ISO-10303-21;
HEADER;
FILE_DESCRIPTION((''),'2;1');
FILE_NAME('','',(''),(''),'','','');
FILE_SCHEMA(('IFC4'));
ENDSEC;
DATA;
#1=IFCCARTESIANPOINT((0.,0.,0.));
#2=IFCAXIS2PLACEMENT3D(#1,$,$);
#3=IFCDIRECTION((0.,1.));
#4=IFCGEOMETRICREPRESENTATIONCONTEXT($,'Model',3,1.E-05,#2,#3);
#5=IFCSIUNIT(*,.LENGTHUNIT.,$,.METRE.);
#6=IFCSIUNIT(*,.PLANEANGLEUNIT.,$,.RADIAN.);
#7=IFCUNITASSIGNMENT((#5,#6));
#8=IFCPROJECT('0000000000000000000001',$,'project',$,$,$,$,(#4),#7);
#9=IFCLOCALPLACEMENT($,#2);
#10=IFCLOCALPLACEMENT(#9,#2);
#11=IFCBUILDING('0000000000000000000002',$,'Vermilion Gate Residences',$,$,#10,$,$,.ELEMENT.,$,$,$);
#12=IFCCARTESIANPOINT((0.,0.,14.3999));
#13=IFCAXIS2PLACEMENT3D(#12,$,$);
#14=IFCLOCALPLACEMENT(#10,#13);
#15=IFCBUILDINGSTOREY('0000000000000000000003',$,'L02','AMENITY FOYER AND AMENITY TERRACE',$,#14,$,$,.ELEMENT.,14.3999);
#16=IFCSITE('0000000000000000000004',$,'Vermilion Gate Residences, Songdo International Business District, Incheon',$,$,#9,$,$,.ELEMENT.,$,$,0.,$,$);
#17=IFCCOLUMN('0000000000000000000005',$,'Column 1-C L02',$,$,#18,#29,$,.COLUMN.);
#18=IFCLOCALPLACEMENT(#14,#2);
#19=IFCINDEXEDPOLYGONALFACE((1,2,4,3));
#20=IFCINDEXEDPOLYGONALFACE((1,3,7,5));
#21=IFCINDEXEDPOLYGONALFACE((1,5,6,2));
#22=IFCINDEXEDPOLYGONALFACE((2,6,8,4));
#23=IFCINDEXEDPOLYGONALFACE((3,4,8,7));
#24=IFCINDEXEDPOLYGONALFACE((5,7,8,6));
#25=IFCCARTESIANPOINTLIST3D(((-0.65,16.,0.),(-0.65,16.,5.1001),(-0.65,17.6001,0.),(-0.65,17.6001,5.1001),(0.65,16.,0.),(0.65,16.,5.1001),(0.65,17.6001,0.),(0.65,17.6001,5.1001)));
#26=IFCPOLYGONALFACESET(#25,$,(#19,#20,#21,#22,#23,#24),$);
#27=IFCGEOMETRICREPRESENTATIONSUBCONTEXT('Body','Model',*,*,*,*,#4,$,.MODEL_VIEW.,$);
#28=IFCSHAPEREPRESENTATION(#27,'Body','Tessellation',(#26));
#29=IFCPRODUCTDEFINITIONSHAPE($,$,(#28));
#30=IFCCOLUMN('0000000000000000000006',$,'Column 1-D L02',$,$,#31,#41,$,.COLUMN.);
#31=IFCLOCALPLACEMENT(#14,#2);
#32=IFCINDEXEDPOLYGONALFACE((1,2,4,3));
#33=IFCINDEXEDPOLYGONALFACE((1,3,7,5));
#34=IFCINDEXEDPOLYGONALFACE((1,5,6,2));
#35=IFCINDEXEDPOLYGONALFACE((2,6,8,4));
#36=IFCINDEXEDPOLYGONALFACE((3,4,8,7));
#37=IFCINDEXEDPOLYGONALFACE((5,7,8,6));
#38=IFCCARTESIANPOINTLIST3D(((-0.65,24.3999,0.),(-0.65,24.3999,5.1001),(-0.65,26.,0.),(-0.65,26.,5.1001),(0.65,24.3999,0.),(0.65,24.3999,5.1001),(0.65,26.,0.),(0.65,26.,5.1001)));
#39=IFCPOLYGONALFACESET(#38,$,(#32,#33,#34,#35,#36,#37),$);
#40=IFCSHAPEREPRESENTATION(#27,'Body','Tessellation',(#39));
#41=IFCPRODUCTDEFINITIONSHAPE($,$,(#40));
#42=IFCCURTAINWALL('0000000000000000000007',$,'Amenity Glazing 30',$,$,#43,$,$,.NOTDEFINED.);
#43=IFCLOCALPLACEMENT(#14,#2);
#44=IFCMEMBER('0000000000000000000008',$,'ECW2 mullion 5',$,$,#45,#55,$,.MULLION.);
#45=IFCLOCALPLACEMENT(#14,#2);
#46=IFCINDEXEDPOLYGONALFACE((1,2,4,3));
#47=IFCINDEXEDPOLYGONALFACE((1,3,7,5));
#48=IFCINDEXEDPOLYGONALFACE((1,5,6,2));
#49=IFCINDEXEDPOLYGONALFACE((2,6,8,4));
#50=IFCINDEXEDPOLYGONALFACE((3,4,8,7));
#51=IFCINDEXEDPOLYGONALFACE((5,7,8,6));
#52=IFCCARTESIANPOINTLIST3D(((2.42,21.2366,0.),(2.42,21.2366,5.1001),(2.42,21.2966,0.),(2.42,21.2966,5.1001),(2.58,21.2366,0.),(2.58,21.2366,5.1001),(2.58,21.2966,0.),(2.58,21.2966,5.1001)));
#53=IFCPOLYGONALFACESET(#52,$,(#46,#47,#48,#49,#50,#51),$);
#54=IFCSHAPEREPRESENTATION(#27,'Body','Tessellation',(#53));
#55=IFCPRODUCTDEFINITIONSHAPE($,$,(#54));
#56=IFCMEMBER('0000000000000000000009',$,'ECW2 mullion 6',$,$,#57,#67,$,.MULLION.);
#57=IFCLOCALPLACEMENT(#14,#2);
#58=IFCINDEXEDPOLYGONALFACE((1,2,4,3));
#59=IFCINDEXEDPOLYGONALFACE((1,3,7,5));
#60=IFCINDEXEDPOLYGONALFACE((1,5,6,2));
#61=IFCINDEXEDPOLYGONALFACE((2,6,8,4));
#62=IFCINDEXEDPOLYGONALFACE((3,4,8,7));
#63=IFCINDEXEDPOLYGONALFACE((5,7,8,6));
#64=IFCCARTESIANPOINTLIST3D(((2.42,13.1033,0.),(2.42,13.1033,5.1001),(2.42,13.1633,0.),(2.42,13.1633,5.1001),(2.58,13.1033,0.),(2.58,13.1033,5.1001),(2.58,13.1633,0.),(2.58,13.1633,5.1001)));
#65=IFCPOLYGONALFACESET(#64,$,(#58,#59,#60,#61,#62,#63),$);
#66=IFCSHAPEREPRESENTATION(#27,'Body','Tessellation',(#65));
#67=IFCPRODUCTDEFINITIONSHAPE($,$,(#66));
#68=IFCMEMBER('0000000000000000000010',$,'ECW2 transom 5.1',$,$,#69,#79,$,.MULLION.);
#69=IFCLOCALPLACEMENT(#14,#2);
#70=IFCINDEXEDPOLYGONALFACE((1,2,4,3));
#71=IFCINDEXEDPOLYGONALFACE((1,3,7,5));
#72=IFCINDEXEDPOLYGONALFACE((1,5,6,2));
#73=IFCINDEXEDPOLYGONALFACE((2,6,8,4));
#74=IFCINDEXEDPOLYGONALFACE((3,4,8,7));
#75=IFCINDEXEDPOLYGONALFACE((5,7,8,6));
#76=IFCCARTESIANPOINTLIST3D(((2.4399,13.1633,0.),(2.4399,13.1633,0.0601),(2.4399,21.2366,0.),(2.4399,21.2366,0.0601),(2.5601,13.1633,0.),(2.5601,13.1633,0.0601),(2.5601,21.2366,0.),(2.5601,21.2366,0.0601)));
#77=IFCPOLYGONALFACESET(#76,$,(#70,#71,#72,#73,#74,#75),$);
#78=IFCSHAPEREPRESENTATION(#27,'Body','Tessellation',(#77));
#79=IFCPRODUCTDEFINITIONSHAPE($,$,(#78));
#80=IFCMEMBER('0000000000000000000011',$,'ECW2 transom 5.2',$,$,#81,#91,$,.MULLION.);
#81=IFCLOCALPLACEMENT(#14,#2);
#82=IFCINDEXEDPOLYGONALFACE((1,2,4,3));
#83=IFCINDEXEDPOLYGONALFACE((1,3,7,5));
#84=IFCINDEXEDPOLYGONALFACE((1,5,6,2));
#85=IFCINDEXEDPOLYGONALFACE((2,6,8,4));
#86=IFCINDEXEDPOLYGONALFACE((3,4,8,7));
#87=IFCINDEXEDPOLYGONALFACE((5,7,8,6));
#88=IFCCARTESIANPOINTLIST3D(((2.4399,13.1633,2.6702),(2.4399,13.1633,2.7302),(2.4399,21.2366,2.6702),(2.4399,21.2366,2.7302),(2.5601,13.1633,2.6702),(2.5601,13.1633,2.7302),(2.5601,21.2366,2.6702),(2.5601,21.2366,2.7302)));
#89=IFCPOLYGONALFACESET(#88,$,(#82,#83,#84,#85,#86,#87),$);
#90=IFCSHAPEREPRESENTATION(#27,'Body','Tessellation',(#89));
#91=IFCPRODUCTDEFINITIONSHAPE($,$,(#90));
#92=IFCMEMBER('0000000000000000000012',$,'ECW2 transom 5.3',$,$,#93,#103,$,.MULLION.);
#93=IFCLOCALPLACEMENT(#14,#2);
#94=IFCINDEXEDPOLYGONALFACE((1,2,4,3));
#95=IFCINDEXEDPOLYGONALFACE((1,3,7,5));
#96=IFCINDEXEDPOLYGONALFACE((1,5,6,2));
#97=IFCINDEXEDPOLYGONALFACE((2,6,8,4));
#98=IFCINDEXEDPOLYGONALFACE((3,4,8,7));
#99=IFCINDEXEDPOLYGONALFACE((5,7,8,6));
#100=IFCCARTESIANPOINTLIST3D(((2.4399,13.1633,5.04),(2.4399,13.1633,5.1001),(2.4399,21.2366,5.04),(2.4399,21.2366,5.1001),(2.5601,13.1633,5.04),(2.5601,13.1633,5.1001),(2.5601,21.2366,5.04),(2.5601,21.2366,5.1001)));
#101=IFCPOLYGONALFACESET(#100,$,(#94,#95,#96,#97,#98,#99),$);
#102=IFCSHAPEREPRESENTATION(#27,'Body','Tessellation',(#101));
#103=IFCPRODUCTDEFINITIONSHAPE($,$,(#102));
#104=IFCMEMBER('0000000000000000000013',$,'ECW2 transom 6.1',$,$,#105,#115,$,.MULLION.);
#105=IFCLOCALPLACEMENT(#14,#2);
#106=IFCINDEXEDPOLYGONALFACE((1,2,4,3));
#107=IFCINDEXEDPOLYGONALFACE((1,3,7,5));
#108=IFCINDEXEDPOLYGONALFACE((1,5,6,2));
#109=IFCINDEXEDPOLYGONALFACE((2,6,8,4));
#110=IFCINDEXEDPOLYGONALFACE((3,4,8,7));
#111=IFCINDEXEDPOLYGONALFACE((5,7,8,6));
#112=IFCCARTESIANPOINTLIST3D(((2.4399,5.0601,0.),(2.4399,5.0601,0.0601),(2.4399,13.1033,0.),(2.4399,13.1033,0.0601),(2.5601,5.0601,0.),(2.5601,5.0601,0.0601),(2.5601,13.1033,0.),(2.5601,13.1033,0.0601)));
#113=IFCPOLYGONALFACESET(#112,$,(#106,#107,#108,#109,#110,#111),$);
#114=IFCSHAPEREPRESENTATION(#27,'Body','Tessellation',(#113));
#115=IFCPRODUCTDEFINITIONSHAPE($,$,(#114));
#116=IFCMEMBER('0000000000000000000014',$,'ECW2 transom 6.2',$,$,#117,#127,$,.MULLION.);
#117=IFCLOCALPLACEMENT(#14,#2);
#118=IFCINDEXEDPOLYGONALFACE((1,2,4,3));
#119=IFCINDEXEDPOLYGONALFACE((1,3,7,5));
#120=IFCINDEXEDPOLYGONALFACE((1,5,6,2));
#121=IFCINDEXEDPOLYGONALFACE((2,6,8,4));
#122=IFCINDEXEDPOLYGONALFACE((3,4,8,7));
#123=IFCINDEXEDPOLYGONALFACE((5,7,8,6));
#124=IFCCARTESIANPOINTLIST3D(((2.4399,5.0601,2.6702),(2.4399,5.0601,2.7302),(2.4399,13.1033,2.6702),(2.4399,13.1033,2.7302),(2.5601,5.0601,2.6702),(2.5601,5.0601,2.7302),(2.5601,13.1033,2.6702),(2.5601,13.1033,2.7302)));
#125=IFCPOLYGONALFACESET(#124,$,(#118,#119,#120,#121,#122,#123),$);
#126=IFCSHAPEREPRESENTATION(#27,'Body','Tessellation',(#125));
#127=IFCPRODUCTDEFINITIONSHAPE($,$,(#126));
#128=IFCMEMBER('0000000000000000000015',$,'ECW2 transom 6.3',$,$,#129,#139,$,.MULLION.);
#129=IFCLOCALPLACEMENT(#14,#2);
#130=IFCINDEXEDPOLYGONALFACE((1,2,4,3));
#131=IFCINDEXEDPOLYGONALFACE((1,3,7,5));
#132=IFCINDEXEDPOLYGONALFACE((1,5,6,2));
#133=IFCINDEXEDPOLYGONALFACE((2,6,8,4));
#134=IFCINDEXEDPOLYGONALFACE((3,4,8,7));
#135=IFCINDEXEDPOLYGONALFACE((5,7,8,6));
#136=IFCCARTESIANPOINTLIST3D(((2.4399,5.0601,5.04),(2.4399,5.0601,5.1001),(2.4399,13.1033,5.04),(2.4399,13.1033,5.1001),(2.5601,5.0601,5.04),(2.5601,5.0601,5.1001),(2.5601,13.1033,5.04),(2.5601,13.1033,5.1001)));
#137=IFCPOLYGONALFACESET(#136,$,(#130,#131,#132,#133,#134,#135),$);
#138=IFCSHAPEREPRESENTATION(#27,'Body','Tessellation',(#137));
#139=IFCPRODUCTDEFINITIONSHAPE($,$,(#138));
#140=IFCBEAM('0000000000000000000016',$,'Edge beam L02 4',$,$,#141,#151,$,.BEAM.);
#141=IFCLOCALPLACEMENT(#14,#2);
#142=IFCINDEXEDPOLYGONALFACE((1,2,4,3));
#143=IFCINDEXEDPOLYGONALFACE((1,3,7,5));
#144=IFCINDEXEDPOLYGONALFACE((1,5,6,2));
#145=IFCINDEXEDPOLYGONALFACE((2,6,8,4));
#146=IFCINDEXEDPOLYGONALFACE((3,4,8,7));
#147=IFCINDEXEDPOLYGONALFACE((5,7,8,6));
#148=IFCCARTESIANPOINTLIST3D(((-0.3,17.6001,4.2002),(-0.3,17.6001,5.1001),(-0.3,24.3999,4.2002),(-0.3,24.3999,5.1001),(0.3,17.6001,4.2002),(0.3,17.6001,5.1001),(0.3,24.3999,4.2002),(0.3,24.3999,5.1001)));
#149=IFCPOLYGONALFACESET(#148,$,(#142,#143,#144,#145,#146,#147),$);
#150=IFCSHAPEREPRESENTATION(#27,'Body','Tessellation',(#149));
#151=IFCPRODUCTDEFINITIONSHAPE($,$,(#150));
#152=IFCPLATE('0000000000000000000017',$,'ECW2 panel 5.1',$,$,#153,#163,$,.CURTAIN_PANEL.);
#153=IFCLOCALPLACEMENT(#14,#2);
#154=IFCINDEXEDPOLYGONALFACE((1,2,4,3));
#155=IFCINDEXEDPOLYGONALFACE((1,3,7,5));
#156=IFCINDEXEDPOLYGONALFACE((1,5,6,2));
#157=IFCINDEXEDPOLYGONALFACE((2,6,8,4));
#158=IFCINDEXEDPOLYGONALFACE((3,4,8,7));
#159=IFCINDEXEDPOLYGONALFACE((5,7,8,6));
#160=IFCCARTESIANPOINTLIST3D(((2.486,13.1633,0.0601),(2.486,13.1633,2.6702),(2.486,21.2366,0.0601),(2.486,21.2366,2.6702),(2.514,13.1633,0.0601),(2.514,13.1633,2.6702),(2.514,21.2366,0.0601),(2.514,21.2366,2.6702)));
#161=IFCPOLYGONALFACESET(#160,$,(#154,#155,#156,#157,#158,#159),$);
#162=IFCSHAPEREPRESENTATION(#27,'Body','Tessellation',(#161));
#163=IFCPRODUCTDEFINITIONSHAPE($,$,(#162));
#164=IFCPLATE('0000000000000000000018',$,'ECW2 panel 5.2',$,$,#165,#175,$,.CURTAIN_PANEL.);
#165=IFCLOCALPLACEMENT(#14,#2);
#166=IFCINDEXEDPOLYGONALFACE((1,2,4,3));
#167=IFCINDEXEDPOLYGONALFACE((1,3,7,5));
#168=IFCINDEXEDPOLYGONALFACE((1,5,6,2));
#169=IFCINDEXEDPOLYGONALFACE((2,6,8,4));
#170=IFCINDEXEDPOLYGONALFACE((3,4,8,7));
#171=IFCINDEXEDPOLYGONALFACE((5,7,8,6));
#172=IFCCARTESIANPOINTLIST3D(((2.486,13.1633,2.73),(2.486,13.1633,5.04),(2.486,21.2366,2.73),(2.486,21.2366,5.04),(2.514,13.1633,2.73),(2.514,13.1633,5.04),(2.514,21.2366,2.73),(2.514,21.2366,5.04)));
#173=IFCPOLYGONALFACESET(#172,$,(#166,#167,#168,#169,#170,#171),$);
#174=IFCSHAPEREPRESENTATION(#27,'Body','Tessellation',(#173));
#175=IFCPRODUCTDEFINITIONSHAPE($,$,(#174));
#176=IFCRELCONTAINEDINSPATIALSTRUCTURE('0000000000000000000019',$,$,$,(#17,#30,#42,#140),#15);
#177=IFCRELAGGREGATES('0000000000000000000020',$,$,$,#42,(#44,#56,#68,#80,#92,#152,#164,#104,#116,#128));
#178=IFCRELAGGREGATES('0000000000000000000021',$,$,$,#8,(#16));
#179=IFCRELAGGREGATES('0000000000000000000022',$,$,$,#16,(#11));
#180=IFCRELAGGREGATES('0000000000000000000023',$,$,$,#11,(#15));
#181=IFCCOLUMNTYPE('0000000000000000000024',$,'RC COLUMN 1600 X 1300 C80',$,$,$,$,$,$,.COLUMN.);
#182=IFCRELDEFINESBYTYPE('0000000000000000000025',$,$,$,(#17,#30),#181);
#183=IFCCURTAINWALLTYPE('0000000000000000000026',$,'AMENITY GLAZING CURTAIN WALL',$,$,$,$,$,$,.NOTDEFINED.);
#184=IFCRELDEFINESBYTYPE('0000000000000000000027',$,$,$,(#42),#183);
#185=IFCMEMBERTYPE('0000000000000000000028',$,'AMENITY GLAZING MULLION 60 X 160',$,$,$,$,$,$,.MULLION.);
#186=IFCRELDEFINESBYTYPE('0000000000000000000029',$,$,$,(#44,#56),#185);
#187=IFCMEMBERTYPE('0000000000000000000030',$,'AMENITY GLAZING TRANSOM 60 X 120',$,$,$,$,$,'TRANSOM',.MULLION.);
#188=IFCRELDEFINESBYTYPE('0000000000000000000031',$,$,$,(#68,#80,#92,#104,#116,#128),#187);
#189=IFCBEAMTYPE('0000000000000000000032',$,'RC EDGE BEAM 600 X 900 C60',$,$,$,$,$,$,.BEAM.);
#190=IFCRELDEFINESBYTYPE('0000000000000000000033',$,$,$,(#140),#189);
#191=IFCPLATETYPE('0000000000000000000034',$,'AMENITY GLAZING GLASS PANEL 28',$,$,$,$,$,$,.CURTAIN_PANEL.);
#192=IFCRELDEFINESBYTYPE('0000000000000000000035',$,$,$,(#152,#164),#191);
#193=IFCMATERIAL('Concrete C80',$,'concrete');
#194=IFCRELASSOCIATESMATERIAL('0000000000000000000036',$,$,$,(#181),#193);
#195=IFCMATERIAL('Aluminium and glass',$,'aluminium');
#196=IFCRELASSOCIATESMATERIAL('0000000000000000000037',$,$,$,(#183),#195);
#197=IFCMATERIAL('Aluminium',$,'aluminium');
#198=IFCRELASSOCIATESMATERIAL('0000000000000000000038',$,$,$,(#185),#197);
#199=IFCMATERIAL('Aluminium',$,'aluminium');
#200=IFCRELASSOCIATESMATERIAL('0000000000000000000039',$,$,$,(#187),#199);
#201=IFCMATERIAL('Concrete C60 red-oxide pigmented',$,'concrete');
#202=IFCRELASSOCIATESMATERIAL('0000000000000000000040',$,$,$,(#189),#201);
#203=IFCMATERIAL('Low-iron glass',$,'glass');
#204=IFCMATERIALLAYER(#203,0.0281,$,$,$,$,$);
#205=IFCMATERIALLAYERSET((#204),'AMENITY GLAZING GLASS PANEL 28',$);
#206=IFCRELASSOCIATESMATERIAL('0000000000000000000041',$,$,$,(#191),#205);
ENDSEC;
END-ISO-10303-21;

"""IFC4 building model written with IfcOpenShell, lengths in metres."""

from ifc_helpers import new_model, si_unit, direction, frame, origin, origin_2d, place, context, subcontext, project, spatial, rectangle, extrude, material, layer, layer_set, material_profile, profile_set, type_object, element, aggregate, save


model = new_model("IFC4")

# Units and contexts
model_context = context("Model", 3, precision=1e-05, world=origin(), true_north=direction((0.0, 1.0)))
body_context = subcontext(model_context, "Body", "Model", "MODEL_VIEW")
ifc_project = project(units=[si_unit("LENGTHUNIT", "METRE"), si_unit("PLANEANGLEUNIT", "RADIAN")], contexts=[model_context])

# Site, building, storey
site_placement = place(None, origin())
site = spatial("IfcSite", under=ifc_project, at=site_placement, Name="Vermilion Gate Residences, Songdo International Business District, Incheon", CompositionType="ELEMENT", RefElevation=0.0)
building_placement = place(site_placement, origin())
building = spatial("IfcBuilding", under=site, at=building_placement, Name="Vermilion Gate Residences", CompositionType="ELEMENT")
storey_placement = place(building_placement, frame((0.0, 0.0, 14.3999)))
storey = spatial("IfcBuildingStorey", under=building, at=storey_placement, Name="L02", Description="AMENITY FOYER AND AMENITY TERRACE", CompositionType="ELEMENT", Elevation=14.3999)

# Columns
ifc_material_1 = material(Name="Concrete C80", Category="concrete")
ifc_material_profile_1 = material_profile(ifc_material_1, rectangle(XDim=1.6001, YDim=1.3, at=origin_2d()), Name="RC-1600x1300")
ifc_profile_set_1 = profile_set([ifc_material_profile_1], Name="Concrete C80")
column_type = type_object("IfcColumnType", Name="RC COLUMN 1600 X 1300 C80", PredefinedType="COLUMN", material=ifc_profile_set_1)
for number, where, z_axis, x_axis, name in (
    (1, (0.0, 16.8, 0.0), (0.0, 0.0, 1.0), (0.0, 1.0, 0.0), "Column 1-C L02"),
    (2, (0.0, 25.2, 0.0), (0.0, 0.0, 1.0), (0.0, 1.0, 0.0), "Column 1-D L02"),
):
    element("IfcColumn", number, at=place(storey_placement, frame(where, z_axis=z_axis, x_axis=x_axis)), inside=storey, type_object=column_type, Name=name, PredefinedType="COLUMN", context=body_context, shape_type="SweptSolid", body=[
        extrude(rectangle(XDim=1.6001, YDim=1.3, at=origin_2d()), origin(), (0.0, 0.0, 1.0), 5.1001),
    ])

# Curtain wall, members
ifc_material_2 = material(Name="Aluminium and glass", Category="aluminium")
curtain_wall_type = type_object("IfcCurtainWallType", Name="AMENITY GLAZING CURTAIN WALL", PredefinedType="NOTDEFINED", material=ifc_material_2)
curtain_wall_placement = place(storey_placement, origin())
curtain_wall = element("IfcCurtainWall", 3, at=curtain_wall_placement, inside=storey, type_object=curtain_wall_type, Name="Amenity Glazing 30", PredefinedType="NOTDEFINED")
ifc_material_3 = material(Name="Aluminium", Category="aluminium")
ifc_material_profile_2 = material_profile(ifc_material_3, rectangle(XDim=0.1599, YDim=0.0601, at=origin_2d()), Name="MULLION 60 X 160")
ifc_profile_set_2 = profile_set([ifc_material_profile_2], Name="Aluminium")
member_type_1 = type_object("IfcMemberType", Name="AMENITY GLAZING MULLION 60 X 160", PredefinedType="MULLION", material=ifc_profile_set_2)
member_1_placement = place(storey_placement, frame((2.5, 21.2666, 0.0), z_axis=(0.0, 0.0, 1.0), x_axis=(1.0, 0.0, 0.0)))
member_1 = element("IfcMember", 4, at=member_1_placement, type_object=member_type_1, Name="ECW2 mullion 5", PredefinedType="MULLION", context=body_context, shape_type="SweptSolid", body=[
    extrude(rectangle(XDim=0.1599, YDim=0.0601, at=origin_2d()), origin(), (0.0, 0.0, 1.0), 5.1001),
])
member_2_placement = place(storey_placement, frame((2.5, 13.1333, 0.0), z_axis=(0.0, 0.0, 1.0), x_axis=(1.0, 0.0, 0.0)))
member_2 = element("IfcMember", 5, at=member_2_placement, type_object=member_type_1, Name="ECW2 mullion 6", PredefinedType="MULLION", context=body_context, shape_type="SweptSolid", body=[
    extrude(rectangle(XDim=0.1599, YDim=0.0601, at=origin_2d()), origin(), (0.0, 0.0, 1.0), 5.1001),
])
ifc_material_4 = material(Name="Aluminium", Category="aluminium")
ifc_material_profile_3 = material_profile(ifc_material_4, rectangle(XDim=0.1201, YDim=0.0601, at=origin_2d()), Name="TRANSOM 60 X 120")
ifc_profile_set_3 = profile_set([ifc_material_profile_3], Name="Aluminium")
member_type_2 = type_object("IfcMemberType", Name="AMENITY GLAZING TRANSOM 60 X 120", ElementType="TRANSOM", PredefinedType="MULLION", material=ifc_profile_set_3)
member_3_placement = place(storey_placement, frame((2.5, 21.2366, 0.03), z_axis=(0.0, -1.0, 0.0), x_axis=(1.0, 0.0, 0.0)))
member_3 = element("IfcMember", 6, at=member_3_placement, type_object=member_type_2, Name="ECW2 transom 5.1", PredefinedType="MULLION", context=body_context, shape_type="SweptSolid", body=[
    extrude(rectangle(XDim=0.1201, YDim=0.0601, at=origin_2d()), origin(), (0.0, 0.0, 1.0), 8.0732),
])
member_4_placement = place(storey_placement, frame((2.5, 21.2366, 2.7002), z_axis=(0.0, -1.0, 0.0), x_axis=(1.0, 0.0, 0.0)))
member_4 = element("IfcMember", 7, at=member_4_placement, type_object=member_type_2, Name="ECW2 transom 5.2", PredefinedType="MULLION", context=body_context, shape_type="SweptSolid", body=[
    extrude(rectangle(XDim=0.1201, YDim=0.0601, at=origin_2d()), origin(), (0.0, 0.0, 1.0), 8.0732),
])
member_5_placement = place(storey_placement, frame((2.5, 21.2366, 5.0701), z_axis=(0.0, -1.0, 0.0), x_axis=(1.0, 0.0, 0.0)))
member_5 = element("IfcMember", 8, at=member_5_placement, type_object=member_type_2, Name="ECW2 transom 5.3", PredefinedType="MULLION", context=body_context, shape_type="SweptSolid", body=[
    extrude(rectangle(XDim=0.1201, YDim=0.0601, at=origin_2d()), origin(), (0.0, 0.0, 1.0), 8.0732),
])
member_6_placement = place(storey_placement, frame((2.5, 13.1033, 0.03), z_axis=(0.0, -1.0, 0.0), x_axis=(1.0, 0.0, 0.0)))
member_6 = element("IfcMember", 9, at=member_6_placement, type_object=member_type_2, Name="ECW2 transom 6.1", PredefinedType="MULLION", context=body_context, shape_type="SweptSolid", body=[
    extrude(rectangle(XDim=0.1201, YDim=0.0601, at=origin_2d()), origin(), (0.0, 0.0, 1.0), 8.0432),
])
member_7_placement = place(storey_placement, frame((2.5, 13.1033, 2.7002), z_axis=(0.0, -1.0, 0.0), x_axis=(1.0, 0.0, 0.0)))
member_7 = element("IfcMember", 10, at=member_7_placement, type_object=member_type_2, Name="ECW2 transom 6.2", PredefinedType="MULLION", context=body_context, shape_type="SweptSolid", body=[
    extrude(rectangle(XDim=0.1201, YDim=0.0601, at=origin_2d()), origin(), (0.0, 0.0, 1.0), 8.0432),
])
member_8_placement = place(storey_placement, frame((2.5, 13.1033, 5.0701), z_axis=(0.0, -1.0, 0.0), x_axis=(1.0, 0.0, 0.0)))
member_8 = element("IfcMember", 11, at=member_8_placement, type_object=member_type_2, Name="ECW2 transom 6.3", PredefinedType="MULLION", context=body_context, shape_type="SweptSolid", body=[
    extrude(rectangle(XDim=0.1201, YDim=0.0601, at=origin_2d()), origin(), (0.0, 0.0, 1.0), 8.0432),
])

# Beam
ifc_material_5 = material(Name="Concrete C60 red-oxide pigmented", Category="concrete")
ifc_material_profile_4 = material_profile(ifc_material_5, rectangle(XDim=0.6001, YDim=0.8999, at=origin_2d()), Name="RC-600x900")
ifc_profile_set_4 = profile_set([ifc_material_profile_4], Name="Concrete C60 red-oxide pigmented")
beam_type = type_object("IfcBeamType", Name="RC EDGE BEAM 600 X 900 C60", PredefinedType="BEAM", material=ifc_profile_set_4)
beam_placement = place(storey_placement, frame((0.0, 17.6001, 4.6501), z_axis=(0.0, 1.0, 0.0), x_axis=(-1.0, 0.0, 0.0)))
element("IfcBeam", 12, at=beam_placement, inside=storey, type_object=beam_type, Name="Edge beam L02 4", PredefinedType="BEAM", context=body_context, shape_type="SweptSolid", body=[
    extrude(rectangle(XDim=0.6001, YDim=0.8999, at=origin_2d()), origin(), (0.0, 0.0, 1.0), 6.7998),
])

# Plates
ifc_material_6 = material(Name="Low-iron glass", Category="glass")
ifc_layer_1 = layer(ifc_material_6, 0.0281)
ifc_layer_set_1 = layer_set([ifc_layer_1], Name="AMENITY GLAZING GLASS PANEL 28")
plate_type = type_object("IfcPlateType", Name="AMENITY GLAZING GLASS PANEL 28", PredefinedType="CURTAIN_PANEL", material=ifc_layer_set_1)
plate_1_placement = place(storey_placement, frame((2.5, 17.2, 0.0601), z_axis=(0.0, 0.0, 1.0), x_axis=(0.0, -1.0, 0.0)))
plate_1 = element("IfcPlate", 13, at=plate_1_placement, type_object=plate_type, Name="ECW2 panel 5.1", PredefinedType="CURTAIN_PANEL", context=body_context, shape_type="SweptSolid", body=[
    extrude(rectangle(XDim=8.0732, YDim=0.0281, at=origin_2d()), origin(), (0.0, 0.0, 1.0), 2.6101),
])
plate_2_placement = place(storey_placement, frame((2.5, 17.2, 2.73), z_axis=(0.0, 0.0, 1.0), x_axis=(0.0, -1.0, 0.0)))
plate_2 = element("IfcPlate", 14, at=plate_2_placement, type_object=plate_type, Name="ECW2 panel 5.2", PredefinedType="CURTAIN_PANEL", context=body_context, shape_type="SweptSolid", body=[
    extrude(rectangle(XDim=8.0732, YDim=0.0281, at=origin_2d()), origin(), (0.0, 0.0, 1.0), 2.3101),
])
aggregate(curtain_wall, [member_1, member_2, member_3, member_4, member_5, plate_1, plate_2, member_6, member_7, member_8])

save(model, "model.ifc")
